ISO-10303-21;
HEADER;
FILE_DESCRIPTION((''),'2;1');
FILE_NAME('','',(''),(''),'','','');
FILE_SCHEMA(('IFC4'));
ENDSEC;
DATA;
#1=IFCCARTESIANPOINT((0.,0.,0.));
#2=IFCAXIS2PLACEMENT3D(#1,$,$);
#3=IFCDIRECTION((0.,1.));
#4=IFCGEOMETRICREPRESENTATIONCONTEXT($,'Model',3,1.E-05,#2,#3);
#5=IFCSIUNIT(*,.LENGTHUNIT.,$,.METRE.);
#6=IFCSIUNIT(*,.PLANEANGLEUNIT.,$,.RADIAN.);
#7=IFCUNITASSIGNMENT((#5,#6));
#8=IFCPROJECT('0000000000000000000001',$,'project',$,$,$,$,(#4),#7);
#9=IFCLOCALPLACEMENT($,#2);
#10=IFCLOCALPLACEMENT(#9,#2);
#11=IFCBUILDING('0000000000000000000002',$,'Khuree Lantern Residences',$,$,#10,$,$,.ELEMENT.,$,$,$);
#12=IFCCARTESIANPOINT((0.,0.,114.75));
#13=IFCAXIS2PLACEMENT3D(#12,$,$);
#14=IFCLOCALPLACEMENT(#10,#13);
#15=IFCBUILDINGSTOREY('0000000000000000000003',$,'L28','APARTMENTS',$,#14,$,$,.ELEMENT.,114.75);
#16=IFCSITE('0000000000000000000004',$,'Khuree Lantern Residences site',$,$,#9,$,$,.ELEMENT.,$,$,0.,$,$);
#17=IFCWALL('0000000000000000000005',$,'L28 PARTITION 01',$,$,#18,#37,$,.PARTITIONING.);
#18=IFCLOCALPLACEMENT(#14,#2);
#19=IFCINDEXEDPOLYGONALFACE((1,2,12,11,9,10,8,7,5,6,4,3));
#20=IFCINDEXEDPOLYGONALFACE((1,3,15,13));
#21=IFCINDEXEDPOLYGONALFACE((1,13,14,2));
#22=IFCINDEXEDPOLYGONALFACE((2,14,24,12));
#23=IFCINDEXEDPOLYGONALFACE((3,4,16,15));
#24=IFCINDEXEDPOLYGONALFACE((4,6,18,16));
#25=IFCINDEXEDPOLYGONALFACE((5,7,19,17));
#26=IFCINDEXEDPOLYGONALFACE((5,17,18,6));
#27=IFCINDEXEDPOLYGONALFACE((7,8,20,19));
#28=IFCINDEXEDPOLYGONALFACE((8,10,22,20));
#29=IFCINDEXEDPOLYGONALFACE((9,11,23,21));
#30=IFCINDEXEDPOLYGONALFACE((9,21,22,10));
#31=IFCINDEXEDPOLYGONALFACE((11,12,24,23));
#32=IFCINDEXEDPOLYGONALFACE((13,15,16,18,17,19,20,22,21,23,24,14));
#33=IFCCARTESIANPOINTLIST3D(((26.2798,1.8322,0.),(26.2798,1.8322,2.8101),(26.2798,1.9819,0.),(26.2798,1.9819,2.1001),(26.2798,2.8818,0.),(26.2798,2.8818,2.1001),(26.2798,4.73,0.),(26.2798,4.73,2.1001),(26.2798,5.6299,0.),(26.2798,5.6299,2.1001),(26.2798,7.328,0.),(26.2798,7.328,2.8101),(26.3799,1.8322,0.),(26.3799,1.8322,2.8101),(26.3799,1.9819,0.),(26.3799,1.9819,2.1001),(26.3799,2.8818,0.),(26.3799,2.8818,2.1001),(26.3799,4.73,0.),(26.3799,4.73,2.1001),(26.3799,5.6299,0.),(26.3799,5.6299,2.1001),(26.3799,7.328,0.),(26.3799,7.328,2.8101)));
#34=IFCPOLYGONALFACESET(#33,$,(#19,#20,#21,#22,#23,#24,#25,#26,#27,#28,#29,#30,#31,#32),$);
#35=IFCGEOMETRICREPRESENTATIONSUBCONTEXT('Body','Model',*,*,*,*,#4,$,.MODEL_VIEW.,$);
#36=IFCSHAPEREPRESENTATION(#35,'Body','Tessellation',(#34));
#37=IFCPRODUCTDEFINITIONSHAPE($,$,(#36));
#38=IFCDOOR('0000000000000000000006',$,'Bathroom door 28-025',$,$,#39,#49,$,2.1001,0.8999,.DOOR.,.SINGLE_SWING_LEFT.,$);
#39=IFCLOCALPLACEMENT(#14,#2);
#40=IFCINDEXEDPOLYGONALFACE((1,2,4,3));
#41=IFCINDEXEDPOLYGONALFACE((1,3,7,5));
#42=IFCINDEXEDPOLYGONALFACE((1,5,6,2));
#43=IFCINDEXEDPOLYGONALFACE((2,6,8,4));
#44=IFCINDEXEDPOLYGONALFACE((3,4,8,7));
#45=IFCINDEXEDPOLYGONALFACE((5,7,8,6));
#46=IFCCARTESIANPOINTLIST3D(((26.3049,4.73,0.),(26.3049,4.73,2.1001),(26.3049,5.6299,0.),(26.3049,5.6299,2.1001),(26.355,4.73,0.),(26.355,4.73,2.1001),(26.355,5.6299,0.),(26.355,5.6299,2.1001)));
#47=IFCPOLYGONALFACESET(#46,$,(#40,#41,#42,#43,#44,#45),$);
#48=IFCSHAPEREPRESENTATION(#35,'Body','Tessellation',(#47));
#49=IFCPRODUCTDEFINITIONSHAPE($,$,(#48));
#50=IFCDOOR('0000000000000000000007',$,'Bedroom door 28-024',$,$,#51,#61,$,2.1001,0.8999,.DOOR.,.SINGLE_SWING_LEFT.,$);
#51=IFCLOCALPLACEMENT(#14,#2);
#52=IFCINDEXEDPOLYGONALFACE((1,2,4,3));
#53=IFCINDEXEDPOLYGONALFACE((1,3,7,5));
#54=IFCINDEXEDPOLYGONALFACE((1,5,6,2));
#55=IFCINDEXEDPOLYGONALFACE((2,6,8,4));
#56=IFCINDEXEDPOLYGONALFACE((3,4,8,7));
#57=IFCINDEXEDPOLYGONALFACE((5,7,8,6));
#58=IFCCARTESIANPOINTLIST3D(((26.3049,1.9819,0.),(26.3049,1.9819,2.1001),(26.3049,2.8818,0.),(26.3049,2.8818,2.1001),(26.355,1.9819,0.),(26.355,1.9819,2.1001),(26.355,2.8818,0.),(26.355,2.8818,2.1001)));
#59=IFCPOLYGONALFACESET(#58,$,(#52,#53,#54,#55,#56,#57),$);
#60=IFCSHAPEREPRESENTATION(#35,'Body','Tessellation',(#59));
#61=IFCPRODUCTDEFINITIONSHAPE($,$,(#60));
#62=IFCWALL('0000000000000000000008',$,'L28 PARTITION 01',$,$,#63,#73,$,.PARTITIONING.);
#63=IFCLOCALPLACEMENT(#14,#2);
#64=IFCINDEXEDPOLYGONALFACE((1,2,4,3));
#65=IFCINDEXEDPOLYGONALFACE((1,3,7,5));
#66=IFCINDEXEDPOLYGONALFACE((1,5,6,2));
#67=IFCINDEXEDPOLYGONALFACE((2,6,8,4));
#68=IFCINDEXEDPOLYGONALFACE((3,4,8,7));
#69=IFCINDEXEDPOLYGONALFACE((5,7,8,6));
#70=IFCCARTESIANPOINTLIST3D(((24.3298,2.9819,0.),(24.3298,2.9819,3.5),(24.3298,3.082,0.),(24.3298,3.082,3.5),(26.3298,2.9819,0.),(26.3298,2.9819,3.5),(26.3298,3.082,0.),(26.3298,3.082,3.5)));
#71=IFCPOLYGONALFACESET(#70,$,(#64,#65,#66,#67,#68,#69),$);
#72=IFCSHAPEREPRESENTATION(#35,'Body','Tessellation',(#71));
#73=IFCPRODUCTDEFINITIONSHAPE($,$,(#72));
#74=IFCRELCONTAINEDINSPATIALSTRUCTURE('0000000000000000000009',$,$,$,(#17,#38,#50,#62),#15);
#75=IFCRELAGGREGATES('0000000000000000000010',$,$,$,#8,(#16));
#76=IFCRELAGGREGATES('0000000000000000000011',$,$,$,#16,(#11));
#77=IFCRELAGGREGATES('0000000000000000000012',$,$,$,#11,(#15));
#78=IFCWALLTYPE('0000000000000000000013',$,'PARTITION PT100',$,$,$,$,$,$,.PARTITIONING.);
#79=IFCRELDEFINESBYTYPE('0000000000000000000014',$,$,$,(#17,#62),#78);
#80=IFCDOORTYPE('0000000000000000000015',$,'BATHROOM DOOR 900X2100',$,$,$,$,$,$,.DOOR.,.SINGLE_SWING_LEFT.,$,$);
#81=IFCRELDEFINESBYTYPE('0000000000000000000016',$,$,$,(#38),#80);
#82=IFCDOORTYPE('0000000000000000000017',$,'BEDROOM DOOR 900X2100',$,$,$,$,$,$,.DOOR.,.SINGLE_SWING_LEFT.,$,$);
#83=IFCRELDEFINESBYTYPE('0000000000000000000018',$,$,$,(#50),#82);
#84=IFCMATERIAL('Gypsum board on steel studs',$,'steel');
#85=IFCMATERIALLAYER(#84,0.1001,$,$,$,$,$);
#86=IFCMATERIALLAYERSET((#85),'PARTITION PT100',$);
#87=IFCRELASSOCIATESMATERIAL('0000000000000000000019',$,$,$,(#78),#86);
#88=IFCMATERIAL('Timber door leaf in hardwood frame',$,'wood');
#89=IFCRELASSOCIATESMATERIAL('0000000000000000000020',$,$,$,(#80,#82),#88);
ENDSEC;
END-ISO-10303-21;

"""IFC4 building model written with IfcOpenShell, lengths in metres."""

from ifc_helpers import new_model, si_unit, direction, frame, frame_2d, origin, place, context, subcontext, project, spatial, rectangle, extrude, material, layer, layer_set, type_object, element, fill, save


model = new_model("IFC4")

# Units and contexts
model_context = context("Model", 3, precision=1e-05, world=origin(), true_north=direction((0.0, 1.0)))
body_context = subcontext(model_context, "Body", "Model", "MODEL_VIEW")
ifc_project = project(units=[si_unit("LENGTHUNIT", "METRE"), si_unit("PLANEANGLEUNIT", "RADIAN")], contexts=[model_context])

# Site, building, storey
site_placement = place(None, origin())
site = spatial("IfcSite", under=ifc_project, at=site_placement, Name="Khuree Lantern Residences site", CompositionType="ELEMENT", RefElevation=0.0)
building_placement = place(site_placement, origin())
building = spatial("IfcBuilding", under=site, at=building_placement, Name="Khuree Lantern Residences", CompositionType="ELEMENT")
storey_placement = place(building_placement, frame((0.0, 0.0, 114.75)))
storey = spatial("IfcBuildingStorey", under=building, at=storey_placement, Name="L28", Description="APARTMENTS", CompositionType="ELEMENT", Elevation=114.75)

# Shared definitions
ifc_material_1 = material(Name="Gypsum board on steel studs", Category="steel")
ifc_layer_1 = layer(ifc_material_1, 0.1001)
ifc_layer_set_1 = layer_set([ifc_layer_1], Name="PARTITION PT100")
wall_type_1 = type_object("IfcWallType", Name="PARTITION PT100", PredefinedType="PARTITIONING", material=ifc_layer_set_1)

# Wall, openings, doors
wall_1_placement = place(storey_placement, frame((26.3298, 1.832, 0.0), z_axis=(0.0, 0.0, 1.0), x_axis=(0.0, 1.0, 0.0)))
wall_1 = element("IfcWall", 1, at=wall_1_placement, inside=storey, type_object=wall_type_1, Name="L28 PARTITION 01", PredefinedType="PARTITIONING", context=body_context, shape_type="SweptSolid", body=[
    extrude(rectangle(XDim=5.4958, YDim=0.1001, at=frame_2d((2.748, 0.0))), origin(), (0.0, 0.0, 1.0), 2.8101),
])
opening_1_placement = place(wall_1_placement, frame((0.1499, 0.0, 0.0)))
opening_1 = element("IfcOpeningElement", 2, at=opening_1_placement, cuts=wall_1, PredefinedType="OPENING", context=body_context, shape_type="SweptSolid", body=[
    extrude(rectangle(XDim=0.8999, YDim=2.1001, at=frame_2d((0.45, 1.05))), frame((0.0, 0.0601, 0.0), z_axis=(0.0, -1.0, 0.0), x_axis=(1.0, 0.0, 0.0)), (0.0, 0.0, 1.0), 0.1201),
])
opening_2_placement = place(wall_1_placement, frame((2.8979, 0.0, 0.0)))
opening_2 = element("IfcOpeningElement", 3, at=opening_2_placement, cuts=wall_1, PredefinedType="OPENING", context=body_context, shape_type="SweptSolid", body=[
    extrude(rectangle(XDim=0.8999, YDim=2.1001, at=frame_2d((0.45, 1.05))), frame((0.0, 0.0601, 0.0), z_axis=(0.0, -1.0, 0.0), x_axis=(1.0, 0.0, 0.0)), (0.0, 0.0, 1.0), 0.1201),
])
ifc_material_2 = material(Name="Timber door leaf in hardwood frame", Category="wood")
door_type_1 = type_object("IfcDoorType", Name="BATHROOM DOOR 900X2100", OperationType="SINGLE_SWING_LEFT", PredefinedType="DOOR", material=ifc_material_2)
door_1_placement = place(opening_2_placement, origin())
door_1 = element("IfcDoor", 4, at=door_1_placement, inside=storey, type_object=door_type_1, Name="Bathroom door 28-025", OperationType="SINGLE_SWING_LEFT", OverallHeight=2.1001, OverallWidth=0.8999, PredefinedType="DOOR", context=body_context, shape_type="SweptSolid", body=[
    extrude(rectangle(XDim=0.8999, YDim=2.1001, at=frame_2d((0.45, 1.05))), frame((0.0, 0.0249, 0.0), z_axis=(0.0, -1.0, 0.0), x_axis=(1.0, 0.0, 0.0)), (0.0, 0.0, 1.0), 0.05),
])
fill(opening_2, door_1)
door_type_2 = type_object("IfcDoorType", Name="BEDROOM DOOR 900X2100", OperationType="SINGLE_SWING_LEFT", PredefinedType="DOOR", material=ifc_material_2)
door_2_placement = place(opening_1_placement, origin())
door_2 = element("IfcDoor", 5, at=door_2_placement, inside=storey, type_object=door_type_2, Name="Bedroom door 28-024", OperationType="SINGLE_SWING_LEFT", OverallHeight=2.1001, OverallWidth=0.8999, PredefinedType="DOOR", context=body_context, shape_type="SweptSolid", body=[
    extrude(rectangle(XDim=0.8999, YDim=2.1001, at=frame_2d((0.45, 1.05))), frame((0.0, 0.0249, 0.0), z_axis=(0.0, -1.0, 0.0), x_axis=(1.0, 0.0, 0.0)), (0.0, 0.0, 1.0), 0.05),
])
fill(opening_1, door_2)

# Wall
wall_2_placement = place(storey_placement, frame((24.3298, 3.032, 0.0), z_axis=(0.0, 0.0, 1.0), x_axis=(1.0, 0.0, 0.0)))
element("IfcWall", 6, at=wall_2_placement, inside=storey, type_object=wall_type_1, Name="L28 PARTITION 01", PredefinedType="PARTITIONING", context=body_context, shape_type="SweptSolid", body=[
    extrude(rectangle(XDim=2.0, YDim=0.1001, at=frame_2d((1.0, 0.0))), origin(), (0.0, 0.0, 1.0), 3.5),
])

save(model, "model.ifc")
